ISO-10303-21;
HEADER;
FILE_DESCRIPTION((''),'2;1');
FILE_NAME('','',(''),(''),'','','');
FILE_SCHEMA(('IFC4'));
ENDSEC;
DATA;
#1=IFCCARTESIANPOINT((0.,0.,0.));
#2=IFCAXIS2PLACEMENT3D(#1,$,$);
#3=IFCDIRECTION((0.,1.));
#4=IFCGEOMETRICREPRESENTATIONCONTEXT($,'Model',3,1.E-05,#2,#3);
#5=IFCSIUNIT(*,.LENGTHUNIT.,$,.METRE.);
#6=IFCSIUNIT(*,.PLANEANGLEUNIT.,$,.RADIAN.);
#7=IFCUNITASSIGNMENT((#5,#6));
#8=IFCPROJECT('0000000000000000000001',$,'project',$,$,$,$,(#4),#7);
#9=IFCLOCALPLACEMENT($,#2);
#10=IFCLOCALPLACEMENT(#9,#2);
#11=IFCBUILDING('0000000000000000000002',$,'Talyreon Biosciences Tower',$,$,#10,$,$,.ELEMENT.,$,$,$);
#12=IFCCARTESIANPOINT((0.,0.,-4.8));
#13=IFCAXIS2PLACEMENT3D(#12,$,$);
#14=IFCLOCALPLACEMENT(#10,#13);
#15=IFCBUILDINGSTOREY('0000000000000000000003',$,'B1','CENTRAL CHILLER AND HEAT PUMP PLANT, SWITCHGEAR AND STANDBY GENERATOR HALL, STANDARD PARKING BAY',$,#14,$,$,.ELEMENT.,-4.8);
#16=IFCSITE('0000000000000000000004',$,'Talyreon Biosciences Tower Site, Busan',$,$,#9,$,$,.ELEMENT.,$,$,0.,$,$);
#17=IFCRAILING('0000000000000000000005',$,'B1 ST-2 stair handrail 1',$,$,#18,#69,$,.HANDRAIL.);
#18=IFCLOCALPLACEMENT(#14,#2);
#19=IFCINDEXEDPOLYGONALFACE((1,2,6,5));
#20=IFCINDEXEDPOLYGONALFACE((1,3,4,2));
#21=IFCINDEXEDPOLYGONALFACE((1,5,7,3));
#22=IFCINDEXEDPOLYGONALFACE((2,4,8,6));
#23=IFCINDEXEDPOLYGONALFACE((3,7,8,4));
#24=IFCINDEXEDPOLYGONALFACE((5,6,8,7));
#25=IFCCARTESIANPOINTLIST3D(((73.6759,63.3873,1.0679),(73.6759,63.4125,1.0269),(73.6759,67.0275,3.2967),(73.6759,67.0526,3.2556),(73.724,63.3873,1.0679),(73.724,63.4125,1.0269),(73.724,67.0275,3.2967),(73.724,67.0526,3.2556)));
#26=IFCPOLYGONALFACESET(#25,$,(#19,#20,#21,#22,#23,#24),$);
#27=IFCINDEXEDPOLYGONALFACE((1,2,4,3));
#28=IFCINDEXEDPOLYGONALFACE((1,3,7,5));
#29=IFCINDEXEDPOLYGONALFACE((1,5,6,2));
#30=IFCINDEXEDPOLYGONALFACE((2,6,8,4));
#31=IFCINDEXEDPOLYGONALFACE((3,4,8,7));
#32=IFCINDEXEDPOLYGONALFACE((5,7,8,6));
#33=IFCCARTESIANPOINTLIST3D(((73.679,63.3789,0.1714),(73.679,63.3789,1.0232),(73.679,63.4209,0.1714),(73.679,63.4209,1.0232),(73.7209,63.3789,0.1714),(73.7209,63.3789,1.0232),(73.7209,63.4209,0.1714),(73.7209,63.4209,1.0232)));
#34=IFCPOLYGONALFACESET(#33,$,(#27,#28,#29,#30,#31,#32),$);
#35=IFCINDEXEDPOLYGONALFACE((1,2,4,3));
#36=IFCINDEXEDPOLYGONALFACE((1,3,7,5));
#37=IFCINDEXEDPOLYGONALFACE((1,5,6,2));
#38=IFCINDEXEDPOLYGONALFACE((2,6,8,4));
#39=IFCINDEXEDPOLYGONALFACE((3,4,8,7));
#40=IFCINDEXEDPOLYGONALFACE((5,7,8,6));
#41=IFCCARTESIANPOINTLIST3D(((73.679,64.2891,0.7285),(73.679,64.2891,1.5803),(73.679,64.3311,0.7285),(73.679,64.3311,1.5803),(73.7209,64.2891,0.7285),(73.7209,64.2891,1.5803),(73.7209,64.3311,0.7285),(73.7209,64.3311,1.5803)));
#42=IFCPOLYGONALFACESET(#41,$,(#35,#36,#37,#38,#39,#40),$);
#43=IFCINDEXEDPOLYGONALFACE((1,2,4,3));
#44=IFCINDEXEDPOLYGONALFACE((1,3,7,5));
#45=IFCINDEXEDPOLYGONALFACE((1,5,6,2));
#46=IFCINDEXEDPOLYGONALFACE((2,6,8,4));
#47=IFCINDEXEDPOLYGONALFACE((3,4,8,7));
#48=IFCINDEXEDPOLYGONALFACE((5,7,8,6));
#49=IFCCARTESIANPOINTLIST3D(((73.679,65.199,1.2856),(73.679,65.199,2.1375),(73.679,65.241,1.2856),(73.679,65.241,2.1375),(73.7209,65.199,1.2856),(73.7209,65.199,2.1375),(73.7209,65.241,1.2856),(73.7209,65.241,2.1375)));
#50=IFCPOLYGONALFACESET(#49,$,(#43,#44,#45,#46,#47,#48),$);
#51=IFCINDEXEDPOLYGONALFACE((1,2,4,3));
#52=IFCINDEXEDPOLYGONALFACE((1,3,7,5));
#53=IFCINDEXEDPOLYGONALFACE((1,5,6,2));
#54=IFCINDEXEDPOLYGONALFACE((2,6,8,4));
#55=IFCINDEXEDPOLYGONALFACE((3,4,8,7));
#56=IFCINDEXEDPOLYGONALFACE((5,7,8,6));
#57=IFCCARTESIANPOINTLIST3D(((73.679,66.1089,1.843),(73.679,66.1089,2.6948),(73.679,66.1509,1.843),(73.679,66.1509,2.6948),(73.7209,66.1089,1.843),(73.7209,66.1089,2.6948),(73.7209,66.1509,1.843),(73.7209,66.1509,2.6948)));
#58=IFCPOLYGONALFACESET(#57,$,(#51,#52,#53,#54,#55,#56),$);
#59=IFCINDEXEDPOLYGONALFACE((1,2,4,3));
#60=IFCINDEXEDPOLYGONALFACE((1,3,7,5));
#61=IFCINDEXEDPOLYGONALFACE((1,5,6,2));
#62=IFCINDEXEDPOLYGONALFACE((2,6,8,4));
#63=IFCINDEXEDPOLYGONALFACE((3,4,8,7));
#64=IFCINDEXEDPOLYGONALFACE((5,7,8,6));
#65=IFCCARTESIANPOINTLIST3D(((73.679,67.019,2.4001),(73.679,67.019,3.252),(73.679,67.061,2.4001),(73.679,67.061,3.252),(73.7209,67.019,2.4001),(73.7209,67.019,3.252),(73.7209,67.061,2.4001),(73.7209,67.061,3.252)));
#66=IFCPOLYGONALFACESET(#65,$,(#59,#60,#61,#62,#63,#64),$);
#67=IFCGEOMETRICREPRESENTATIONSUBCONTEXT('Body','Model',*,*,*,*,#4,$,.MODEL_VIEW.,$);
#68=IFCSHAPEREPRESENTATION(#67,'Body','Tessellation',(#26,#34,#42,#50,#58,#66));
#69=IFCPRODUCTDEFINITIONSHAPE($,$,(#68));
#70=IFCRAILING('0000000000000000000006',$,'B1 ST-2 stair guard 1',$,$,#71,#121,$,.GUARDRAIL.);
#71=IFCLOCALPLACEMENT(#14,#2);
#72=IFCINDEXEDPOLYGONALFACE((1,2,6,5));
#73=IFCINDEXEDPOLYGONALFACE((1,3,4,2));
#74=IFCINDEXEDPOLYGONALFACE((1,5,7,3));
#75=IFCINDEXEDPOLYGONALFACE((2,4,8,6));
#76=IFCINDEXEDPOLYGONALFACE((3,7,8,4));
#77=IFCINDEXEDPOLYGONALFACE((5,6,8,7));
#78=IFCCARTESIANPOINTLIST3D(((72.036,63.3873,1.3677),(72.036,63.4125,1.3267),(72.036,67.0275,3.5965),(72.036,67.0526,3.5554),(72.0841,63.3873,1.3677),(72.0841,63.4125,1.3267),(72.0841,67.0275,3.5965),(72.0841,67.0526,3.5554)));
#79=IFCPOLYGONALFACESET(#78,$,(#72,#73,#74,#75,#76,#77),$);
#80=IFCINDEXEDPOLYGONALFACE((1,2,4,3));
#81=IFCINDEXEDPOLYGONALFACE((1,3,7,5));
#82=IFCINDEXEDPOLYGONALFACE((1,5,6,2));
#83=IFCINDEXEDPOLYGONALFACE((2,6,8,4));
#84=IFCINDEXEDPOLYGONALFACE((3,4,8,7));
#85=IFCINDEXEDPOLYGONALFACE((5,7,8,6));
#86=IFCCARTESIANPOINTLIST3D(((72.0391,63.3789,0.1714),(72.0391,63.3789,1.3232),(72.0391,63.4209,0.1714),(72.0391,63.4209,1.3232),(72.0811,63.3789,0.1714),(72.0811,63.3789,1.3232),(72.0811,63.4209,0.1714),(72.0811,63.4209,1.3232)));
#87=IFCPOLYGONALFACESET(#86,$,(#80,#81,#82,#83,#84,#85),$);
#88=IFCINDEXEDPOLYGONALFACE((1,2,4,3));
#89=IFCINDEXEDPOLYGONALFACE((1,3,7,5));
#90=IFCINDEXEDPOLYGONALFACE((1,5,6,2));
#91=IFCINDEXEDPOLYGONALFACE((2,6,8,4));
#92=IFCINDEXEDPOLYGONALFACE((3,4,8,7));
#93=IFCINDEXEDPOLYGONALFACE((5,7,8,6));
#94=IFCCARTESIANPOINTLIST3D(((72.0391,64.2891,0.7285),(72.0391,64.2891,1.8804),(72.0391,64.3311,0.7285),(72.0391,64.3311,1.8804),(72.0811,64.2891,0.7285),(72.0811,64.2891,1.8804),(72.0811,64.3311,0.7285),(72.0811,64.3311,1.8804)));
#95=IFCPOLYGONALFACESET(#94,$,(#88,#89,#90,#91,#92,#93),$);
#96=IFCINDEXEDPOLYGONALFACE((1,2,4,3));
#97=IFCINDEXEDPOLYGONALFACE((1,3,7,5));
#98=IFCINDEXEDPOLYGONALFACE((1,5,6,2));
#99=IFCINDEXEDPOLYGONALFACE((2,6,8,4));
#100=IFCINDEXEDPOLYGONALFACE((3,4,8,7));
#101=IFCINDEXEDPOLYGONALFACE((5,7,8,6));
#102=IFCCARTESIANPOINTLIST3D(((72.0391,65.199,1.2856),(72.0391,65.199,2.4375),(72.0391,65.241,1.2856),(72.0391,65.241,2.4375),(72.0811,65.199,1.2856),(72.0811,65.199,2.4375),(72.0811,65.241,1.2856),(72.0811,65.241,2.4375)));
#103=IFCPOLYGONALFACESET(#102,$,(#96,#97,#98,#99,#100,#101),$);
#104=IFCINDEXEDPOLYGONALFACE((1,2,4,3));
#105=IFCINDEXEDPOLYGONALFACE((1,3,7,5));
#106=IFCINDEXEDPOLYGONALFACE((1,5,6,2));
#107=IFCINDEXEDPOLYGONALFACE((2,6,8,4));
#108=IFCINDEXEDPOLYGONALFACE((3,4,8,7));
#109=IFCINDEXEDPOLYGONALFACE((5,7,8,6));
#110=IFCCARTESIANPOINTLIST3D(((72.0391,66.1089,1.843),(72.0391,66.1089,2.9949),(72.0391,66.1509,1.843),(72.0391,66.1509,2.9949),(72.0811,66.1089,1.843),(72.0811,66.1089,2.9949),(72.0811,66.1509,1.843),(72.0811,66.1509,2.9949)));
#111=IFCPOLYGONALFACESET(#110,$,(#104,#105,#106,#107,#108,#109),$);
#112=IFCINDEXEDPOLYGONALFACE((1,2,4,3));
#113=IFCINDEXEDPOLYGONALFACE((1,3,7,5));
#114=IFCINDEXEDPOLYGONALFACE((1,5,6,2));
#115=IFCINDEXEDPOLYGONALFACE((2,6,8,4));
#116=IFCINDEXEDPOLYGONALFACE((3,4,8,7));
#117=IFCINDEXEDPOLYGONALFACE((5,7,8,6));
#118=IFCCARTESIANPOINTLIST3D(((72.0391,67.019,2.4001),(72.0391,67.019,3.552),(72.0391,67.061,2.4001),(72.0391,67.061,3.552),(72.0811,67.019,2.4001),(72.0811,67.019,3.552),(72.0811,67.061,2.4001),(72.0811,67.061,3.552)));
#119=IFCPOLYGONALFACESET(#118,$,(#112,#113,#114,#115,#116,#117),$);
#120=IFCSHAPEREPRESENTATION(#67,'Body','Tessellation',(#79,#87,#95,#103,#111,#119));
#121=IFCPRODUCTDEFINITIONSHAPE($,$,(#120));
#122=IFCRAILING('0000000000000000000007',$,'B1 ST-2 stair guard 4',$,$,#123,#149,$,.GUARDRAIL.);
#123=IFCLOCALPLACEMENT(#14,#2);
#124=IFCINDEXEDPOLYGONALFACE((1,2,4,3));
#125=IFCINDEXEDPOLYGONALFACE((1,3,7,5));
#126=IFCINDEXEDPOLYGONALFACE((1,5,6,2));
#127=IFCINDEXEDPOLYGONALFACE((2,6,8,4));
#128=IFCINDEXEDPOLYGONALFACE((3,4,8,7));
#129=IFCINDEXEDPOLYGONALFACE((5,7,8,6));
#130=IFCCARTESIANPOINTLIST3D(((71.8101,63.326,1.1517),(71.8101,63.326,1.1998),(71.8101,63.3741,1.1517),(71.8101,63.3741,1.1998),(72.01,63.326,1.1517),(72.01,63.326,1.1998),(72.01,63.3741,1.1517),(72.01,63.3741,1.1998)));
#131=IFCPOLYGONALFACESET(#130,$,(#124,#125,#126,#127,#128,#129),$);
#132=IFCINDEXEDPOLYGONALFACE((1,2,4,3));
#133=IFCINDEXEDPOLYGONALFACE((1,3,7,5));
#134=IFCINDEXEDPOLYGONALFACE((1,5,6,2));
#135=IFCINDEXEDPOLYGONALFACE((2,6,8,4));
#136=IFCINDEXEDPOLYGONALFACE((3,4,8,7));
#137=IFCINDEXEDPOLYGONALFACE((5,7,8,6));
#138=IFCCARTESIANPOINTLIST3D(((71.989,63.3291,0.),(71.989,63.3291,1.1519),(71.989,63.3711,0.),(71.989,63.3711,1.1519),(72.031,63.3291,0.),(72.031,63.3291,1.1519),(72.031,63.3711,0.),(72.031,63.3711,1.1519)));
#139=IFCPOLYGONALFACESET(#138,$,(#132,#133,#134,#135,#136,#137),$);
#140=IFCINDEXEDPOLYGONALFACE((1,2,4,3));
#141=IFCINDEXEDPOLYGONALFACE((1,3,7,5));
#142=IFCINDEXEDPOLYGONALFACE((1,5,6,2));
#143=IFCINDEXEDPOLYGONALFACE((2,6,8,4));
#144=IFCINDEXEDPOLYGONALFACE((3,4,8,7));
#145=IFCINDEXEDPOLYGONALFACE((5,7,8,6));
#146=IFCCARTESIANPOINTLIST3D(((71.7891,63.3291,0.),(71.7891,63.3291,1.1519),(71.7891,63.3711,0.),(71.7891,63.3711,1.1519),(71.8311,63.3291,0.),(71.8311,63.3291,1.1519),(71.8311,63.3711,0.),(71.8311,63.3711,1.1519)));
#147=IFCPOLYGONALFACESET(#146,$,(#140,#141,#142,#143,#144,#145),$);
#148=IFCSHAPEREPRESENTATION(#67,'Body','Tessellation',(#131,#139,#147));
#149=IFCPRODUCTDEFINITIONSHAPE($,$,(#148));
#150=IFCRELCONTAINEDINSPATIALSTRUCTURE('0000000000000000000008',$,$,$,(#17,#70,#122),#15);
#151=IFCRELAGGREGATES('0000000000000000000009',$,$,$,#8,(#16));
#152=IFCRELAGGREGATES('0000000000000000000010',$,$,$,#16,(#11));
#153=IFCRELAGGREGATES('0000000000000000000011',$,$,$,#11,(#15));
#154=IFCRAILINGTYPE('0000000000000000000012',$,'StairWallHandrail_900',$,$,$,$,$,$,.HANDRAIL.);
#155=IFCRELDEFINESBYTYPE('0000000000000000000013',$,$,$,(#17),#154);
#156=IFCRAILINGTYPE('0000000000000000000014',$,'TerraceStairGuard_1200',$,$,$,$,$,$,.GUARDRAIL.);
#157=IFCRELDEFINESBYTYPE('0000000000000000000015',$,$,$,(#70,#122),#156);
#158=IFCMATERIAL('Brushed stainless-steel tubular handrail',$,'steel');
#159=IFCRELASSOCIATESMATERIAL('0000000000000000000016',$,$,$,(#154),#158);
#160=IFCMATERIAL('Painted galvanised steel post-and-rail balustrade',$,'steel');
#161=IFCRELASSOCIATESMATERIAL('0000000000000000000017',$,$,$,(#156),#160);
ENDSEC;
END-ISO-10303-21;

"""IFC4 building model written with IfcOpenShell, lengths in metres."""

from ifc_helpers import new_model, si_unit, direction, frame, origin, origin_2d, place, context, subcontext, project, spatial, rectangle, extrude, material, type_object, element, save


model = new_model("IFC4")

# Units and contexts
model_context = context("Model", 3, precision=1e-05, world=origin(), true_north=direction((0.0, 1.0)))
body_context = subcontext(model_context, "Body", "Model", "MODEL_VIEW")
ifc_project = project(units=[si_unit("LENGTHUNIT", "METRE"), si_unit("PLANEANGLEUNIT", "RADIAN")], contexts=[model_context])

# Site, building, storey
site_placement = place(None, origin())
site = spatial("IfcSite", under=ifc_project, at=site_placement, Name="Talyreon Biosciences Tower Site, Busan", CompositionType="ELEMENT", RefElevation=0.0)
building_placement = place(site_placement, origin())
building = spatial("IfcBuilding", under=site, at=building_placement, Name="Talyreon Biosciences Tower", CompositionType="ELEMENT")
storey_placement = place(building_placement, frame((0.0, 0.0, -4.8)))
storey = spatial("IfcBuildingStorey", under=building, at=storey_placement, Name="B1", Description="CENTRAL CHILLER AND HEAT PUMP PLANT, SWITCHGEAR AND STANDBY GENERATOR HALL, STANDARD PARKING BAY", CompositionType="ELEMENT", Elevation=-4.8)

# Railings
ifc_material_1 = material(Name="Brushed stainless-steel tubular handrail", Category="steel")
railing_type_1 = type_object("IfcRailingType", Name="StairWallHandrail_900", PredefinedType="HANDRAIL", material=ifc_material_1)
railing_1_placement = place(storey_placement, frame((73.7, 63.3999, 0.1714)))
element("IfcRailing", 1, at=railing_1_placement, inside=storey, type_object=railing_type_1, Name="B1 ST-2 stair handrail 1", PredefinedType="HANDRAIL", context=body_context, shape_type="SweptSolid", body=[
    extrude(rectangle(XDim=0.0481, YDim=0.0481, at=origin_2d()), frame((0.0, 0.0, 0.876), z_axis=(0.0, 0.85284, 0.522172), x_axis=(-1.0, 0.0, 0.0)), (0.0, 0.0, 1.0), 4.2683),
    extrude(rectangle(XDim=0.042, YDim=0.042, at=origin_2d()), origin(), (0.0, 0.0, 1.0), 0.8518),
    extrude(rectangle(XDim=0.042, YDim=0.042, at=origin_2d()), frame((0.0, 0.9102, 0.5571)), (0.0, 0.0, 1.0), 0.8518),
    extrude(rectangle(XDim=0.042, YDim=0.042, at=origin_2d()), frame((0.0, 1.8201, 1.1143)), (0.0, 0.0, 1.0), 0.8518),
    extrude(rectangle(XDim=0.042, YDim=0.042, at=origin_2d()), frame((0.0, 2.73, 1.6716)), (0.0, 0.0, 1.0), 0.8518),
    extrude(rectangle(XDim=0.042, YDim=0.042, at=origin_2d()), frame((0.0, 3.6401, 2.2288)), (0.0, 0.0, 1.0), 0.8518),
])
ifc_material_2 = material(Name="Painted galvanised steel post-and-rail balustrade", Category="steel")
railing_type_2 = type_object("IfcRailingType", Name="TerraceStairGuard_1200", PredefinedType="GUARDRAIL", material=ifc_material_2)
railing_2_placement = place(storey_placement, frame((72.0601, 63.3999, 0.1714)))
element("IfcRailing", 2, at=railing_2_placement, inside=storey, type_object=railing_type_2, Name="B1 ST-2 stair guard 1", PredefinedType="GUARDRAIL", context=body_context, shape_type="SweptSolid", body=[
    extrude(rectangle(XDim=0.0481, YDim=0.0481, at=origin_2d()), frame((0.0, 0.0, 1.1758), z_axis=(0.0, 0.85284, 0.522172), x_axis=(-1.0, 0.0, 0.0)), (0.0, 0.0, 1.0), 4.2683),
    extrude(rectangle(XDim=0.042, YDim=0.042, at=origin_2d()), origin(), (0.0, 0.0, 1.0), 1.1519),
    extrude(rectangle(XDim=0.042, YDim=0.042, at=origin_2d()), frame((0.0, 0.9102, 0.5571)), (0.0, 0.0, 1.0), 1.1519),
    extrude(rectangle(XDim=0.042, YDim=0.042, at=origin_2d()), frame((0.0, 1.8201, 1.1143)), (0.0, 0.0, 1.0), 1.1519),
    extrude(rectangle(XDim=0.042, YDim=0.042, at=origin_2d()), frame((0.0, 2.73, 1.6716)), (0.0, 0.0, 1.0), 1.1519),
    extrude(rectangle(XDim=0.042, YDim=0.042, at=origin_2d()), frame((0.0, 3.6401, 2.2288)), (0.0, 0.0, 1.0), 1.1519),
])
railing_3_placement = place(storey_placement, frame((72.01, 63.3501, 0.0)))
element("IfcRailing", 3, at=railing_3_placement, inside=storey, type_object=railing_type_2, Name="B1 ST-2 stair guard 4", PredefinedType="GUARDRAIL", context=body_context, shape_type="SweptSolid", body=[
    extrude(rectangle(XDim=0.0481, YDim=0.0481, at=origin_2d()), frame((0.0, 0.0, 1.1758), z_axis=(-1.0, 0.0, 0.0), x_axis=(0.0, -1.0, 0.0)), (0.0, 0.0, 1.0), 0.2),
    extrude(rectangle(XDim=0.042, YDim=0.042, at=origin_2d()), origin(), (0.0, 0.0, 1.0), 1.1519),
    extrude(rectangle(XDim=0.042, YDim=0.042, at=origin_2d()), frame((-0.2, 0.0, 0.0)), (0.0, 0.0, 1.0), 1.1519),
])

save(model, "model.ifc")
